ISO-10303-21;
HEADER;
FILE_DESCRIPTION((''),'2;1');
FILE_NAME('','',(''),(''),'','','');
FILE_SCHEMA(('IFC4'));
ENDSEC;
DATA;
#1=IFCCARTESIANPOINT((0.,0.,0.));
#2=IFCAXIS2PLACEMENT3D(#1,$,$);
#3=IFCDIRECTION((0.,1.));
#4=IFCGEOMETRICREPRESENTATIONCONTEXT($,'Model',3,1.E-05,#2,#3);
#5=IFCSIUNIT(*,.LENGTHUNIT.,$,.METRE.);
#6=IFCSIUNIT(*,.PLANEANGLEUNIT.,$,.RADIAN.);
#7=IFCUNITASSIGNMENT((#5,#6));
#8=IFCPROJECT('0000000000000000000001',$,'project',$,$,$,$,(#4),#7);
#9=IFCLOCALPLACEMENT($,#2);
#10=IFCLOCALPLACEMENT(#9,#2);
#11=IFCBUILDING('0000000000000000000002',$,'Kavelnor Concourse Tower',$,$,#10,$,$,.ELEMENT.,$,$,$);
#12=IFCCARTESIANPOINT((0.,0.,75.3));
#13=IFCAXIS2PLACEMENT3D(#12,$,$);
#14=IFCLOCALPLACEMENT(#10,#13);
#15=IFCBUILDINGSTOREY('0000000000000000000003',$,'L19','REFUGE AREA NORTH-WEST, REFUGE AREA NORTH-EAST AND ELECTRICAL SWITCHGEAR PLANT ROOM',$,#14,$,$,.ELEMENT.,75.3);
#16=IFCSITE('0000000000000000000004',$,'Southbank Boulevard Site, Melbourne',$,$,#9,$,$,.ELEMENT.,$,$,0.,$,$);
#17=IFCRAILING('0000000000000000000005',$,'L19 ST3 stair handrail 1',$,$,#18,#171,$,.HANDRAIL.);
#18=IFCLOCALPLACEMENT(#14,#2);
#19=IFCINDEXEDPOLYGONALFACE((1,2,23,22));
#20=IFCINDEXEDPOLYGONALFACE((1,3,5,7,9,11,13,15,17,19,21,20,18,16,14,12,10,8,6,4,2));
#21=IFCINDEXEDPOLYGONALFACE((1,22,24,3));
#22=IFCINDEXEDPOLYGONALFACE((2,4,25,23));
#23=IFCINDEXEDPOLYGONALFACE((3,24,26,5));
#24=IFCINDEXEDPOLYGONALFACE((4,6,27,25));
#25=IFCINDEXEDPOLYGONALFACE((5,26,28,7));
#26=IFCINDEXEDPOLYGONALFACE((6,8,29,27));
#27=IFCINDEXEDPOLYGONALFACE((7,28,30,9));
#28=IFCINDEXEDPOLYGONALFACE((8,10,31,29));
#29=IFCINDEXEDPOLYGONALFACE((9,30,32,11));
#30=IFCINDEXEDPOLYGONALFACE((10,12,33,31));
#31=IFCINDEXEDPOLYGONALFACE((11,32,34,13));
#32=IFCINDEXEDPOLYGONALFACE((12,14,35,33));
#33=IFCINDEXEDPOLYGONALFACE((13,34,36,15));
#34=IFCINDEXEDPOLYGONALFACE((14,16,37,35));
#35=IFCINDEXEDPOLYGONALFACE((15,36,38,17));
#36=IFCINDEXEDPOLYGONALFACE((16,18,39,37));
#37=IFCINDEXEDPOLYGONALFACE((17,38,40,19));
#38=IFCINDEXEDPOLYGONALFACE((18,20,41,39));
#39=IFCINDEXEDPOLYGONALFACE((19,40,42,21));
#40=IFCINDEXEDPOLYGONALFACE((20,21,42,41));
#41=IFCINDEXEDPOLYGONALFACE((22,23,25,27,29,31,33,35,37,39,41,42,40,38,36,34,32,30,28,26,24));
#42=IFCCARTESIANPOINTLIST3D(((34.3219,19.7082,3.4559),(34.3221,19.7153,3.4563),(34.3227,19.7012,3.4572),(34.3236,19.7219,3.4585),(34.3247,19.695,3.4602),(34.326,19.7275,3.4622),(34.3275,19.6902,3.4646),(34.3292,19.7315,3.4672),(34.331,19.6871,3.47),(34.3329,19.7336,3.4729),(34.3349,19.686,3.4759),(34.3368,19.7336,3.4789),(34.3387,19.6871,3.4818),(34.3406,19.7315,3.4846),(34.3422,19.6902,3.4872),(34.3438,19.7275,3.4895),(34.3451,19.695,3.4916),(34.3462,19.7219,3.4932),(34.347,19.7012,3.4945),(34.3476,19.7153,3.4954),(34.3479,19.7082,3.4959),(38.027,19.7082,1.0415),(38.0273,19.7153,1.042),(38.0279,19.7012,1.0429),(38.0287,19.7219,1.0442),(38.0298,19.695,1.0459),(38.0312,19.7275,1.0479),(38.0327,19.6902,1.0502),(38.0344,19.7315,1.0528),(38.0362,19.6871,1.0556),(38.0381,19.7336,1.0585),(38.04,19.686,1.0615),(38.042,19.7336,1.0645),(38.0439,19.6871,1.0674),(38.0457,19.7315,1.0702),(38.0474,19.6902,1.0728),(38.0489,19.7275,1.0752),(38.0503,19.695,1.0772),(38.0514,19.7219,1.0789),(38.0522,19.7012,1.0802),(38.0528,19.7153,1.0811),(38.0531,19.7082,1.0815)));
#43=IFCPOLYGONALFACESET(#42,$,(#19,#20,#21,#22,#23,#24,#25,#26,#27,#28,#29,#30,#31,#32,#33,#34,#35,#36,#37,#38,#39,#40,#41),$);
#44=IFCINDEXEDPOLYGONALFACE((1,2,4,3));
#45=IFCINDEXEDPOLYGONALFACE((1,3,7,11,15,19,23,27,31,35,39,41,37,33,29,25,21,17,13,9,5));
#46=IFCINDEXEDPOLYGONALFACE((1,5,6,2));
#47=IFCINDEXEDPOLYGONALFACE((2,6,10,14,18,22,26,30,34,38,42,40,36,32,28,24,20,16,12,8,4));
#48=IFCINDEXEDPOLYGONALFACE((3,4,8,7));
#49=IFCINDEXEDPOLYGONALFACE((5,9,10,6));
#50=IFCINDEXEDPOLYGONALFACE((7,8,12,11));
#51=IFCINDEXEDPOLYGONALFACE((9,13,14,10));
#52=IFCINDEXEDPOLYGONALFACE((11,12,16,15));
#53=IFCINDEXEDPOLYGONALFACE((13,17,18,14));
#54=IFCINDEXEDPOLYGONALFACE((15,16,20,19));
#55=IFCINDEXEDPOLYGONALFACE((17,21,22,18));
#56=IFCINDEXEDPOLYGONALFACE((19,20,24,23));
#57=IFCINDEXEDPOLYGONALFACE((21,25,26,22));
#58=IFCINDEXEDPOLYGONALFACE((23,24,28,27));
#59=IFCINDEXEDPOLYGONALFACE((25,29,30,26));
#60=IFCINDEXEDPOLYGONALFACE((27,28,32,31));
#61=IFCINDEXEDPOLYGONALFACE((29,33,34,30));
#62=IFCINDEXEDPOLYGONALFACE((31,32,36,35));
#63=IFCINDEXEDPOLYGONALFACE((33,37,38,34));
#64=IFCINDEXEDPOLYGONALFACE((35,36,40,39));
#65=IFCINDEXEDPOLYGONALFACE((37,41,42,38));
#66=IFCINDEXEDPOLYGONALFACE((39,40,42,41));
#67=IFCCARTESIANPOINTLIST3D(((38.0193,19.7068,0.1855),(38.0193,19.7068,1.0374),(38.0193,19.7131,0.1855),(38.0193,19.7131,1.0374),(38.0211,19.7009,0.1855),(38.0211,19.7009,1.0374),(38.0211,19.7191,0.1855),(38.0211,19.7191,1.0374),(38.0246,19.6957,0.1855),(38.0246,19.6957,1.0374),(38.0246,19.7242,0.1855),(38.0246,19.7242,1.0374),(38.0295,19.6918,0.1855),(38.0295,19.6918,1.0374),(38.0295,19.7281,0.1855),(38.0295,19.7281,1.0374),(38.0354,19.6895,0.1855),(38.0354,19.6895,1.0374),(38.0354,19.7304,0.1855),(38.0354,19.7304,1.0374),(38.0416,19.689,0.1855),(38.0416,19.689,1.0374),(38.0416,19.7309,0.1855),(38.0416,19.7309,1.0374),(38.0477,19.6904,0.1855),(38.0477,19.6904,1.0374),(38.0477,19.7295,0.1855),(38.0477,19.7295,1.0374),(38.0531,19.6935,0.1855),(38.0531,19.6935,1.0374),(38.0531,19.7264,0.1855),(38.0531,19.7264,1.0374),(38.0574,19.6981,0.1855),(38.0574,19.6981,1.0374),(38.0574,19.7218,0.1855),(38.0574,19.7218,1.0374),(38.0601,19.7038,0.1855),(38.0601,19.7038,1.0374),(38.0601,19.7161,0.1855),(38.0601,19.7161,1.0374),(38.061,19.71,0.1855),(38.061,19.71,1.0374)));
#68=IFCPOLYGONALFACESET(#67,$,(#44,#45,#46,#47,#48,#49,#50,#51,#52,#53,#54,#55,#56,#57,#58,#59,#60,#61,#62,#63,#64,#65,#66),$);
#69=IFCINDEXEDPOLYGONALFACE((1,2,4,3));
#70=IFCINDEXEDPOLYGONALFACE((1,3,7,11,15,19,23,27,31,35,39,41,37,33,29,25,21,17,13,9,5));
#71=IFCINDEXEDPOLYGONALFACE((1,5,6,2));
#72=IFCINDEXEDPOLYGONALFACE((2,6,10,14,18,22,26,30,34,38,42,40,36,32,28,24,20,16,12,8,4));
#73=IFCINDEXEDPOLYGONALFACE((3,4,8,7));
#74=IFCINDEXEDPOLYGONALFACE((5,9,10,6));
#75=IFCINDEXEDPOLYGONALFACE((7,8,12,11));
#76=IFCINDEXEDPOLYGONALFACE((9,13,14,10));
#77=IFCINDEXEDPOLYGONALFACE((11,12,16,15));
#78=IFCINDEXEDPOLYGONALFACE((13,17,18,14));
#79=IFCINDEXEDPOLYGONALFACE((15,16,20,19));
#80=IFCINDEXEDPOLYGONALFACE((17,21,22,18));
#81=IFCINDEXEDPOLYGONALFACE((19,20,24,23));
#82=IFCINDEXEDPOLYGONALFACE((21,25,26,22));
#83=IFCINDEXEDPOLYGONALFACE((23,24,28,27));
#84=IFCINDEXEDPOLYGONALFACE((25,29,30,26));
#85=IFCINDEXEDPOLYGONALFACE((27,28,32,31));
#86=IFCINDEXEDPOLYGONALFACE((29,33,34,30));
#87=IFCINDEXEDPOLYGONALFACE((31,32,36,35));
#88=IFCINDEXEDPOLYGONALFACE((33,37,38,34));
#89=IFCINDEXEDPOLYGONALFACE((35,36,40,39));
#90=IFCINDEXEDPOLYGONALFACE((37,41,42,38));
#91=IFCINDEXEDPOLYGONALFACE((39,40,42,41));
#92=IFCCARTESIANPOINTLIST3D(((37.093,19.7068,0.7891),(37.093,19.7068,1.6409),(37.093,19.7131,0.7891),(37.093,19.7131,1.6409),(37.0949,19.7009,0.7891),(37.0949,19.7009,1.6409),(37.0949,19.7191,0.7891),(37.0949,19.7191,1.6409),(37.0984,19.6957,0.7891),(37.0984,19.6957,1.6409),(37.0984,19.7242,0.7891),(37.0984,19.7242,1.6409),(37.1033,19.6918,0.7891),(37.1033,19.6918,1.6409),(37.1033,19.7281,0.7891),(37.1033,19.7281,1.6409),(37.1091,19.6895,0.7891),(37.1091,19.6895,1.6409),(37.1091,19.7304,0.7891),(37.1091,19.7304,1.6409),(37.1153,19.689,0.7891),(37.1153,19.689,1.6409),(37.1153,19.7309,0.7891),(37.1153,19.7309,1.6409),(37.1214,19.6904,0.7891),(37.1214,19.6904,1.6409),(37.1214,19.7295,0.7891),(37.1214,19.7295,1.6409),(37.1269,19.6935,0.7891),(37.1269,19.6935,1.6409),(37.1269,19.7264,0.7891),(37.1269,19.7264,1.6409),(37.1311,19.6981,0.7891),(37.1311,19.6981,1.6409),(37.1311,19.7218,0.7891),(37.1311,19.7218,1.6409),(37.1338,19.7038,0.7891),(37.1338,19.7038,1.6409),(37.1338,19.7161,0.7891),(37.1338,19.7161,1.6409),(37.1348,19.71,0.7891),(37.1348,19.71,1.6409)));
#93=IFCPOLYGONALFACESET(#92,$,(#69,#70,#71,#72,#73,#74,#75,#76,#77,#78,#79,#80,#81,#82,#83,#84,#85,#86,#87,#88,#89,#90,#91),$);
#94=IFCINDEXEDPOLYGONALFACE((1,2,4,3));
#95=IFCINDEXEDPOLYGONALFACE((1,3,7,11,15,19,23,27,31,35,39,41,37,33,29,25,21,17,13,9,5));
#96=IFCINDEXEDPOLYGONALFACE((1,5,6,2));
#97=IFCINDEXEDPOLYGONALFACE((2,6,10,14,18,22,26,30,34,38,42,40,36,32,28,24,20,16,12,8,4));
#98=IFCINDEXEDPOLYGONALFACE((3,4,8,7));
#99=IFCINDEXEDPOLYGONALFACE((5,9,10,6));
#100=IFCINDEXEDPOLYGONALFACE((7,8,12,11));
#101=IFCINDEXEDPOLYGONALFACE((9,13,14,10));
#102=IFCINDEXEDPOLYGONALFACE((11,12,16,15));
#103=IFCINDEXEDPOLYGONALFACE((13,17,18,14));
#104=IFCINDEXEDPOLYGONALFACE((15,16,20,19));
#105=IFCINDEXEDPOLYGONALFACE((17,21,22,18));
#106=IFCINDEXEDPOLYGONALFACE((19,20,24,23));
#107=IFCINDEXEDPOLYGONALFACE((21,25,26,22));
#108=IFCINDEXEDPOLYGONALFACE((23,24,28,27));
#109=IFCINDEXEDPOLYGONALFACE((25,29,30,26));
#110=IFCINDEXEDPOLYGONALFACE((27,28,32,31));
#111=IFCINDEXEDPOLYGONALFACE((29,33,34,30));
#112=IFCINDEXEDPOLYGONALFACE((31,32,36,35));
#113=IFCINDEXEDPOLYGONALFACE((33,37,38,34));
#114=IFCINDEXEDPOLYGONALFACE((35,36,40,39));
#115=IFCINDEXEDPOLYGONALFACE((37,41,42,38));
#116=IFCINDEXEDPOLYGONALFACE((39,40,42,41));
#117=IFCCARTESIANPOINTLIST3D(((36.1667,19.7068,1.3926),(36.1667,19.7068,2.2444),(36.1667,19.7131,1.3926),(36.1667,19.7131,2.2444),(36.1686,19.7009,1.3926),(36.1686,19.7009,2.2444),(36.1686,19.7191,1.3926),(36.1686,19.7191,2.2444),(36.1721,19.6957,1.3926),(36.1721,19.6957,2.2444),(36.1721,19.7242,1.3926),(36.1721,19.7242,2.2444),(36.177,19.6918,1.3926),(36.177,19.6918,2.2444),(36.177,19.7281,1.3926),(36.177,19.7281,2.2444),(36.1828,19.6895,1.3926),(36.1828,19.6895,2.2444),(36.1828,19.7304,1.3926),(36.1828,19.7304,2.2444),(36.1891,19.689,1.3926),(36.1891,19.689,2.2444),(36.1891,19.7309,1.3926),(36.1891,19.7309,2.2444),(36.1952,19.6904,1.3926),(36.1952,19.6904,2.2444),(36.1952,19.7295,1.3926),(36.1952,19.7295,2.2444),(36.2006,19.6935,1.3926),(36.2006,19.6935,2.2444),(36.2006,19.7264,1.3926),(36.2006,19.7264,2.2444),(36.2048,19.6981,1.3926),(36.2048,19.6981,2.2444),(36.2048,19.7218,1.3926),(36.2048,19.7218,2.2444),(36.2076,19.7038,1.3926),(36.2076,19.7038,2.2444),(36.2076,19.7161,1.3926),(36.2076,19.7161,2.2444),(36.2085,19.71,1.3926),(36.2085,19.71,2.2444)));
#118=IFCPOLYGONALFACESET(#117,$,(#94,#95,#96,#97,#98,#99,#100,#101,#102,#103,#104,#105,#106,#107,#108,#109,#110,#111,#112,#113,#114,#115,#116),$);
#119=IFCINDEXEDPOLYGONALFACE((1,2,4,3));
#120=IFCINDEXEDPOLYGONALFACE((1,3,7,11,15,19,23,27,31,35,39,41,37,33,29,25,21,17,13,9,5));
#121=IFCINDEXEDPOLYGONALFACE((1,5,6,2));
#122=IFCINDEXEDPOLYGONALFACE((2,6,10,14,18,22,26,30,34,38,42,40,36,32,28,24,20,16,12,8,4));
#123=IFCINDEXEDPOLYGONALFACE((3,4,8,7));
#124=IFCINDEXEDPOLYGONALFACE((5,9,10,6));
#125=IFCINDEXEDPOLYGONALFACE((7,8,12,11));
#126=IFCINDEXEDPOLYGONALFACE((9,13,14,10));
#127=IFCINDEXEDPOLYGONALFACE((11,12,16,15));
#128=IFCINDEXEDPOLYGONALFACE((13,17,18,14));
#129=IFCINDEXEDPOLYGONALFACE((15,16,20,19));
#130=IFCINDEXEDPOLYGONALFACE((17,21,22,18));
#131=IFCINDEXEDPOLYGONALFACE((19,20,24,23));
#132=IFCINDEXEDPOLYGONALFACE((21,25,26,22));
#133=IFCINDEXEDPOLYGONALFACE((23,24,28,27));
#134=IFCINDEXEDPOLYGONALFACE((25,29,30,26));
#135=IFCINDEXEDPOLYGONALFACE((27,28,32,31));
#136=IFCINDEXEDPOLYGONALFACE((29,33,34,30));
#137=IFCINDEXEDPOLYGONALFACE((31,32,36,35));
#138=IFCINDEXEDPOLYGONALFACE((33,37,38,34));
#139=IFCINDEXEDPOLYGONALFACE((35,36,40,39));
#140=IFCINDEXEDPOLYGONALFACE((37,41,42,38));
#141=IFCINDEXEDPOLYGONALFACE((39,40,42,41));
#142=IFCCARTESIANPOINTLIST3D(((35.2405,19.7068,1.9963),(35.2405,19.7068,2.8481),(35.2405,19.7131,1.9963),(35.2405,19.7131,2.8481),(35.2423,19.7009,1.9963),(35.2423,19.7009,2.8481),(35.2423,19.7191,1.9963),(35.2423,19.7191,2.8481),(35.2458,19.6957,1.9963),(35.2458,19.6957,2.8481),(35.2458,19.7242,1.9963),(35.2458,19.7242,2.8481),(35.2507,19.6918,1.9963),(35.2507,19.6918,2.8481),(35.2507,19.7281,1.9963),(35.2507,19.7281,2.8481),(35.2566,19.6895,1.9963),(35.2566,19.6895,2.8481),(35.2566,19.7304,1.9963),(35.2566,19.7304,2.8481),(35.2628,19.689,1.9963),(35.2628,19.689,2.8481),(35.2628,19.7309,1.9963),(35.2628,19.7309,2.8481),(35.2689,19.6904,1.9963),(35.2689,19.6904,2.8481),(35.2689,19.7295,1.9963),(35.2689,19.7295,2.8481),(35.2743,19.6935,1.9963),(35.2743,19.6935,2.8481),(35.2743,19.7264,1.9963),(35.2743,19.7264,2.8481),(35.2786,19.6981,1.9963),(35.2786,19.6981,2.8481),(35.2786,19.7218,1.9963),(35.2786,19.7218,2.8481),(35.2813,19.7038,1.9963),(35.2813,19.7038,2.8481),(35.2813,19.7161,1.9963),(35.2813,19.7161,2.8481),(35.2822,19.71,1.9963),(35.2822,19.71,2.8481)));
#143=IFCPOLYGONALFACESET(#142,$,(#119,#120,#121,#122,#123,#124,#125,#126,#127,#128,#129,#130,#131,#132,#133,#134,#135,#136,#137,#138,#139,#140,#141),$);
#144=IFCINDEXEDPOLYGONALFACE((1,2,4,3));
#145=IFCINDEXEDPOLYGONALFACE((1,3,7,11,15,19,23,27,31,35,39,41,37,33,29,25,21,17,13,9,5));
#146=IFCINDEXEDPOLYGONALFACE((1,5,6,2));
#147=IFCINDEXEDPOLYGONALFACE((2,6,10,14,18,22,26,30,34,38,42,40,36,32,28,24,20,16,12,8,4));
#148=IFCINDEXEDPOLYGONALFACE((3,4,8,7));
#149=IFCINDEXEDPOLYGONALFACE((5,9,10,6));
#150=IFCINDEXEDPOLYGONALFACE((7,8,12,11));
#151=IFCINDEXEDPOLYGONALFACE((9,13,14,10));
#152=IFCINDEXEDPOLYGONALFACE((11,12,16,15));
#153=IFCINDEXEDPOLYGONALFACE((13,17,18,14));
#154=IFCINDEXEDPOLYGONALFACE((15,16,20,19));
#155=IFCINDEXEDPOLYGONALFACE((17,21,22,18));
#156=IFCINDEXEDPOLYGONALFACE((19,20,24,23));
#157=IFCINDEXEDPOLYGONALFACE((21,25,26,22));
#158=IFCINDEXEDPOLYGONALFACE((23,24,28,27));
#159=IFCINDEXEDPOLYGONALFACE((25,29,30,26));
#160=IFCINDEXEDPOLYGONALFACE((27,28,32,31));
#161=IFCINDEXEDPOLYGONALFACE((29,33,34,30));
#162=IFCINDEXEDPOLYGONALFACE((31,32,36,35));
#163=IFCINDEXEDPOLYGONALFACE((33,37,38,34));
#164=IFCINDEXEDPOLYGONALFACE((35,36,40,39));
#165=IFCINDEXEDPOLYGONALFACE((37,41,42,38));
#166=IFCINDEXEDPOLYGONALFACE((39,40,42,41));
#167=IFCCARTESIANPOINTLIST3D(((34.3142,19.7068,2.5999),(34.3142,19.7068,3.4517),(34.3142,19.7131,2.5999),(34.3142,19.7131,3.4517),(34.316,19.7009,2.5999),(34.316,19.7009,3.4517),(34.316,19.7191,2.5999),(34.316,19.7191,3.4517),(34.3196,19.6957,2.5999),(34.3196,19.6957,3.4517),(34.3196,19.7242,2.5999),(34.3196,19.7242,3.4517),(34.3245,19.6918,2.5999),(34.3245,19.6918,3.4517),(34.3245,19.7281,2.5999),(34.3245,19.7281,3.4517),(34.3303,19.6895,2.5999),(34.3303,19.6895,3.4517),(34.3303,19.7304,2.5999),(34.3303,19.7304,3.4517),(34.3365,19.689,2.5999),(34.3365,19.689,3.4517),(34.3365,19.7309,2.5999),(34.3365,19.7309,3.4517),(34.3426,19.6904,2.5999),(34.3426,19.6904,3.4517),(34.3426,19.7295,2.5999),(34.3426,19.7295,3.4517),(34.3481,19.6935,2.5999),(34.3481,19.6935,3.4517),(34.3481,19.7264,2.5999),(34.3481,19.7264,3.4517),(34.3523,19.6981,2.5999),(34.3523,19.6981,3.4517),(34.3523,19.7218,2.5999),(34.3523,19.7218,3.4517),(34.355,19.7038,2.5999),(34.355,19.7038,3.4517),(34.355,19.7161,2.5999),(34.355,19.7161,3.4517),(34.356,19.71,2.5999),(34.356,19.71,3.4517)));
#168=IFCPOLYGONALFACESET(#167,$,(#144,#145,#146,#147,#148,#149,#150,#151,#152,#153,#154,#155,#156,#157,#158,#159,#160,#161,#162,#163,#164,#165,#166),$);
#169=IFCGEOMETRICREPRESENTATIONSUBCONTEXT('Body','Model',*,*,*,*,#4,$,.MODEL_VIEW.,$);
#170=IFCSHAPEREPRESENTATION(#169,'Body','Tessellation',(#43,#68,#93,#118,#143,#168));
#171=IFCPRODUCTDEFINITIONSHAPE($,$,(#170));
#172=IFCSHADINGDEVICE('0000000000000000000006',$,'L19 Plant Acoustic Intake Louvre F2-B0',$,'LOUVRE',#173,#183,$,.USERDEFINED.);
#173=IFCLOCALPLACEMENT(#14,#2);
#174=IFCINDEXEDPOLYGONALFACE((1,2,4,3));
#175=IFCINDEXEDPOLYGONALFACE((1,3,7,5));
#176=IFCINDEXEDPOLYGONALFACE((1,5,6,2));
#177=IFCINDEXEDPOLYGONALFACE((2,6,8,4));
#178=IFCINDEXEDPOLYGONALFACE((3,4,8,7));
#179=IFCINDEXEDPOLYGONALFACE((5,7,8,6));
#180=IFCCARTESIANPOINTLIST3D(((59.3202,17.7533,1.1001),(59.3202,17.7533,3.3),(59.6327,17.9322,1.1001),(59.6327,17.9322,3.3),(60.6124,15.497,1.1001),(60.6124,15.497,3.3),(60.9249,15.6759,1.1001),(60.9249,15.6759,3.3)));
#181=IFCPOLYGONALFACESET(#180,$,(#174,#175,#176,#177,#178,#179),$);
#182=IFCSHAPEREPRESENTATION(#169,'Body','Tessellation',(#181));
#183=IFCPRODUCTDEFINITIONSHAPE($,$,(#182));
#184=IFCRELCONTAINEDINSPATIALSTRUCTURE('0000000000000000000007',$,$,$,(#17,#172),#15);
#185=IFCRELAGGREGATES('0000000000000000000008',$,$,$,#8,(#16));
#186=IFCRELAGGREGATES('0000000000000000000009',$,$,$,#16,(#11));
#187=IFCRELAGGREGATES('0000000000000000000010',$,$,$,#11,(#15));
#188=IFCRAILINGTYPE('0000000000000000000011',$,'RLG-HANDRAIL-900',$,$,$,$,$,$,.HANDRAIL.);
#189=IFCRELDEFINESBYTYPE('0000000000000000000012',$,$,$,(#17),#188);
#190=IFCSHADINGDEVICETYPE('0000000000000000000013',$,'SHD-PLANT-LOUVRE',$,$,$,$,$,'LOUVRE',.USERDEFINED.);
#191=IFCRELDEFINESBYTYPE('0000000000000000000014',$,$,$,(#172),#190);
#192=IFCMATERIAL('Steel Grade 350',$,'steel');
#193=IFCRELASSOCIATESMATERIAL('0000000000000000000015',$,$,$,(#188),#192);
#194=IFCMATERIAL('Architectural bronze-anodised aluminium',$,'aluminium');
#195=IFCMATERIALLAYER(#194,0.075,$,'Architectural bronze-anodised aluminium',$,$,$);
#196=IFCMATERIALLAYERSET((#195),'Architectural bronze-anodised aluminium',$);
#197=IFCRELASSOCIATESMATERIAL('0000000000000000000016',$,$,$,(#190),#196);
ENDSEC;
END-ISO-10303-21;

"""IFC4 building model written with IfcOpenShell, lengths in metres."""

from ifc_helpers import new_model, si_unit, direction, frame, origin, origin_2d, place, context, subcontext, project, spatial, rectangle, circle, extrude, material, layer, layer_set, type_object, element, save


model = new_model("IFC4")

# Units and contexts
model_context = context("Model", 3, precision=1e-05, world=origin(), true_north=direction((0.0, 1.0)))
body_context = subcontext(model_context, "Body", "Model", "MODEL_VIEW")
ifc_project = project(units=[si_unit("LENGTHUNIT", "METRE"), si_unit("PLANEANGLEUNIT", "RADIAN")], contexts=[model_context])

# Site, building, storey
site_placement = place(None, origin())
site = spatial("IfcSite", under=ifc_project, at=site_placement, Name="Southbank Boulevard Site, Melbourne", CompositionType="ELEMENT", RefElevation=0.0)
building_placement = place(site_placement, origin())
building = spatial("IfcBuilding", under=site, at=building_placement, Name="Kavelnor Concourse Tower", CompositionType="ELEMENT")
storey_placement = place(building_placement, frame((0.0, 0.0, 75.3)))
storey = spatial("IfcBuildingStorey", under=building, at=storey_placement, Name="L19", Description="REFUGE AREA NORTH-WEST, REFUGE AREA NORTH-EAST AND ELECTRICAL SWITCHGEAR PLANT ROOM", CompositionType="ELEMENT", Elevation=75.3)

# Shared definitions
ifc_material_1 = material(Name="Steel Grade 350", Category="steel")

# Railing
railing_type_1 = type_object("IfcRailingType", Name="RLG-HANDRAIL-900", PredefinedType="HANDRAIL", material=ifc_material_1)
railing_1_placement = place(storey_placement, frame((38.04, 19.71, 0.1855)))
element("IfcRailing", 1, at=railing_1_placement, inside=storey, type_object=railing_type_1, Name="L19 ST3 stair handrail 1", PredefinedType="HANDRAIL", context=body_context, shape_type="SweptSolid", body=[
    extrude(circle(Radius=0.0239, at=origin_2d()), frame((0.0, 0.0, 0.876), z_axis=(-0.837823, 0.0, 0.545943), x_axis=(0.0, -1.0, 0.0)), (0.0, 0.0, 1.0), 4.4224),
    extrude(circle(Radius=0.021, at=origin_2d()), origin(), (0.0, 0.0, 1.0), 0.8518),
    extrude(circle(Radius=0.021, at=origin_2d()), frame((-0.9263, 0.0, 0.6035)), (0.0, 0.0, 1.0), 0.8518),
    extrude(circle(Radius=0.021, at=origin_2d()), frame((-1.8525, 0.0, 1.207)), (0.0, 0.0, 1.0), 0.8518),
    extrude(circle(Radius=0.021, at=origin_2d()), frame((-2.7788, 0.0, 1.8108)), (0.0, 0.0, 1.0), 0.8518),
    extrude(circle(Radius=0.021, at=origin_2d()), frame((-3.7051, 0.0, 2.4143)), (0.0, 0.0, 1.0), 0.8518),
])

# Shading device
ifc_material_2 = material(Name="Architectural bronze-anodised aluminium", Category="aluminium")
ifc_layer_1 = layer(ifc_material_2, 0.075, Name="Architectural bronze-anodised aluminium")
ifc_layer_set_1 = layer_set([ifc_layer_1], Name="Architectural bronze-anodised aluminium")
shading_device_type = type_object("IfcShadingDeviceType", Name="SHD-PLANT-LOUVRE", ElementType="LOUVRE", PredefinedType="USERDEFINED", material=ifc_layer_set_1)
shading_device_placement = place(storey_placement, frame((60.1226, 16.7146, 1.1001), z_axis=(0.0, 0.0, 1.0), x_axis=(0.496974, -0.867765, 0.0)))
element("IfcShadingDevice", 2, at=shading_device_placement, inside=storey, type_object=shading_device_type, Name="L19 Plant Acoustic Intake Louvre F2-B0", ObjectType="LOUVRE", PredefinedType="USERDEFINED", context=body_context, shape_type="SweptSolid", body=[
    extrude(rectangle(XDim=2.6001, YDim=0.3601, at=origin_2d()), origin(), (0.0, 0.0, 1.0), 2.2),
])

save(model, "model.ifc")
